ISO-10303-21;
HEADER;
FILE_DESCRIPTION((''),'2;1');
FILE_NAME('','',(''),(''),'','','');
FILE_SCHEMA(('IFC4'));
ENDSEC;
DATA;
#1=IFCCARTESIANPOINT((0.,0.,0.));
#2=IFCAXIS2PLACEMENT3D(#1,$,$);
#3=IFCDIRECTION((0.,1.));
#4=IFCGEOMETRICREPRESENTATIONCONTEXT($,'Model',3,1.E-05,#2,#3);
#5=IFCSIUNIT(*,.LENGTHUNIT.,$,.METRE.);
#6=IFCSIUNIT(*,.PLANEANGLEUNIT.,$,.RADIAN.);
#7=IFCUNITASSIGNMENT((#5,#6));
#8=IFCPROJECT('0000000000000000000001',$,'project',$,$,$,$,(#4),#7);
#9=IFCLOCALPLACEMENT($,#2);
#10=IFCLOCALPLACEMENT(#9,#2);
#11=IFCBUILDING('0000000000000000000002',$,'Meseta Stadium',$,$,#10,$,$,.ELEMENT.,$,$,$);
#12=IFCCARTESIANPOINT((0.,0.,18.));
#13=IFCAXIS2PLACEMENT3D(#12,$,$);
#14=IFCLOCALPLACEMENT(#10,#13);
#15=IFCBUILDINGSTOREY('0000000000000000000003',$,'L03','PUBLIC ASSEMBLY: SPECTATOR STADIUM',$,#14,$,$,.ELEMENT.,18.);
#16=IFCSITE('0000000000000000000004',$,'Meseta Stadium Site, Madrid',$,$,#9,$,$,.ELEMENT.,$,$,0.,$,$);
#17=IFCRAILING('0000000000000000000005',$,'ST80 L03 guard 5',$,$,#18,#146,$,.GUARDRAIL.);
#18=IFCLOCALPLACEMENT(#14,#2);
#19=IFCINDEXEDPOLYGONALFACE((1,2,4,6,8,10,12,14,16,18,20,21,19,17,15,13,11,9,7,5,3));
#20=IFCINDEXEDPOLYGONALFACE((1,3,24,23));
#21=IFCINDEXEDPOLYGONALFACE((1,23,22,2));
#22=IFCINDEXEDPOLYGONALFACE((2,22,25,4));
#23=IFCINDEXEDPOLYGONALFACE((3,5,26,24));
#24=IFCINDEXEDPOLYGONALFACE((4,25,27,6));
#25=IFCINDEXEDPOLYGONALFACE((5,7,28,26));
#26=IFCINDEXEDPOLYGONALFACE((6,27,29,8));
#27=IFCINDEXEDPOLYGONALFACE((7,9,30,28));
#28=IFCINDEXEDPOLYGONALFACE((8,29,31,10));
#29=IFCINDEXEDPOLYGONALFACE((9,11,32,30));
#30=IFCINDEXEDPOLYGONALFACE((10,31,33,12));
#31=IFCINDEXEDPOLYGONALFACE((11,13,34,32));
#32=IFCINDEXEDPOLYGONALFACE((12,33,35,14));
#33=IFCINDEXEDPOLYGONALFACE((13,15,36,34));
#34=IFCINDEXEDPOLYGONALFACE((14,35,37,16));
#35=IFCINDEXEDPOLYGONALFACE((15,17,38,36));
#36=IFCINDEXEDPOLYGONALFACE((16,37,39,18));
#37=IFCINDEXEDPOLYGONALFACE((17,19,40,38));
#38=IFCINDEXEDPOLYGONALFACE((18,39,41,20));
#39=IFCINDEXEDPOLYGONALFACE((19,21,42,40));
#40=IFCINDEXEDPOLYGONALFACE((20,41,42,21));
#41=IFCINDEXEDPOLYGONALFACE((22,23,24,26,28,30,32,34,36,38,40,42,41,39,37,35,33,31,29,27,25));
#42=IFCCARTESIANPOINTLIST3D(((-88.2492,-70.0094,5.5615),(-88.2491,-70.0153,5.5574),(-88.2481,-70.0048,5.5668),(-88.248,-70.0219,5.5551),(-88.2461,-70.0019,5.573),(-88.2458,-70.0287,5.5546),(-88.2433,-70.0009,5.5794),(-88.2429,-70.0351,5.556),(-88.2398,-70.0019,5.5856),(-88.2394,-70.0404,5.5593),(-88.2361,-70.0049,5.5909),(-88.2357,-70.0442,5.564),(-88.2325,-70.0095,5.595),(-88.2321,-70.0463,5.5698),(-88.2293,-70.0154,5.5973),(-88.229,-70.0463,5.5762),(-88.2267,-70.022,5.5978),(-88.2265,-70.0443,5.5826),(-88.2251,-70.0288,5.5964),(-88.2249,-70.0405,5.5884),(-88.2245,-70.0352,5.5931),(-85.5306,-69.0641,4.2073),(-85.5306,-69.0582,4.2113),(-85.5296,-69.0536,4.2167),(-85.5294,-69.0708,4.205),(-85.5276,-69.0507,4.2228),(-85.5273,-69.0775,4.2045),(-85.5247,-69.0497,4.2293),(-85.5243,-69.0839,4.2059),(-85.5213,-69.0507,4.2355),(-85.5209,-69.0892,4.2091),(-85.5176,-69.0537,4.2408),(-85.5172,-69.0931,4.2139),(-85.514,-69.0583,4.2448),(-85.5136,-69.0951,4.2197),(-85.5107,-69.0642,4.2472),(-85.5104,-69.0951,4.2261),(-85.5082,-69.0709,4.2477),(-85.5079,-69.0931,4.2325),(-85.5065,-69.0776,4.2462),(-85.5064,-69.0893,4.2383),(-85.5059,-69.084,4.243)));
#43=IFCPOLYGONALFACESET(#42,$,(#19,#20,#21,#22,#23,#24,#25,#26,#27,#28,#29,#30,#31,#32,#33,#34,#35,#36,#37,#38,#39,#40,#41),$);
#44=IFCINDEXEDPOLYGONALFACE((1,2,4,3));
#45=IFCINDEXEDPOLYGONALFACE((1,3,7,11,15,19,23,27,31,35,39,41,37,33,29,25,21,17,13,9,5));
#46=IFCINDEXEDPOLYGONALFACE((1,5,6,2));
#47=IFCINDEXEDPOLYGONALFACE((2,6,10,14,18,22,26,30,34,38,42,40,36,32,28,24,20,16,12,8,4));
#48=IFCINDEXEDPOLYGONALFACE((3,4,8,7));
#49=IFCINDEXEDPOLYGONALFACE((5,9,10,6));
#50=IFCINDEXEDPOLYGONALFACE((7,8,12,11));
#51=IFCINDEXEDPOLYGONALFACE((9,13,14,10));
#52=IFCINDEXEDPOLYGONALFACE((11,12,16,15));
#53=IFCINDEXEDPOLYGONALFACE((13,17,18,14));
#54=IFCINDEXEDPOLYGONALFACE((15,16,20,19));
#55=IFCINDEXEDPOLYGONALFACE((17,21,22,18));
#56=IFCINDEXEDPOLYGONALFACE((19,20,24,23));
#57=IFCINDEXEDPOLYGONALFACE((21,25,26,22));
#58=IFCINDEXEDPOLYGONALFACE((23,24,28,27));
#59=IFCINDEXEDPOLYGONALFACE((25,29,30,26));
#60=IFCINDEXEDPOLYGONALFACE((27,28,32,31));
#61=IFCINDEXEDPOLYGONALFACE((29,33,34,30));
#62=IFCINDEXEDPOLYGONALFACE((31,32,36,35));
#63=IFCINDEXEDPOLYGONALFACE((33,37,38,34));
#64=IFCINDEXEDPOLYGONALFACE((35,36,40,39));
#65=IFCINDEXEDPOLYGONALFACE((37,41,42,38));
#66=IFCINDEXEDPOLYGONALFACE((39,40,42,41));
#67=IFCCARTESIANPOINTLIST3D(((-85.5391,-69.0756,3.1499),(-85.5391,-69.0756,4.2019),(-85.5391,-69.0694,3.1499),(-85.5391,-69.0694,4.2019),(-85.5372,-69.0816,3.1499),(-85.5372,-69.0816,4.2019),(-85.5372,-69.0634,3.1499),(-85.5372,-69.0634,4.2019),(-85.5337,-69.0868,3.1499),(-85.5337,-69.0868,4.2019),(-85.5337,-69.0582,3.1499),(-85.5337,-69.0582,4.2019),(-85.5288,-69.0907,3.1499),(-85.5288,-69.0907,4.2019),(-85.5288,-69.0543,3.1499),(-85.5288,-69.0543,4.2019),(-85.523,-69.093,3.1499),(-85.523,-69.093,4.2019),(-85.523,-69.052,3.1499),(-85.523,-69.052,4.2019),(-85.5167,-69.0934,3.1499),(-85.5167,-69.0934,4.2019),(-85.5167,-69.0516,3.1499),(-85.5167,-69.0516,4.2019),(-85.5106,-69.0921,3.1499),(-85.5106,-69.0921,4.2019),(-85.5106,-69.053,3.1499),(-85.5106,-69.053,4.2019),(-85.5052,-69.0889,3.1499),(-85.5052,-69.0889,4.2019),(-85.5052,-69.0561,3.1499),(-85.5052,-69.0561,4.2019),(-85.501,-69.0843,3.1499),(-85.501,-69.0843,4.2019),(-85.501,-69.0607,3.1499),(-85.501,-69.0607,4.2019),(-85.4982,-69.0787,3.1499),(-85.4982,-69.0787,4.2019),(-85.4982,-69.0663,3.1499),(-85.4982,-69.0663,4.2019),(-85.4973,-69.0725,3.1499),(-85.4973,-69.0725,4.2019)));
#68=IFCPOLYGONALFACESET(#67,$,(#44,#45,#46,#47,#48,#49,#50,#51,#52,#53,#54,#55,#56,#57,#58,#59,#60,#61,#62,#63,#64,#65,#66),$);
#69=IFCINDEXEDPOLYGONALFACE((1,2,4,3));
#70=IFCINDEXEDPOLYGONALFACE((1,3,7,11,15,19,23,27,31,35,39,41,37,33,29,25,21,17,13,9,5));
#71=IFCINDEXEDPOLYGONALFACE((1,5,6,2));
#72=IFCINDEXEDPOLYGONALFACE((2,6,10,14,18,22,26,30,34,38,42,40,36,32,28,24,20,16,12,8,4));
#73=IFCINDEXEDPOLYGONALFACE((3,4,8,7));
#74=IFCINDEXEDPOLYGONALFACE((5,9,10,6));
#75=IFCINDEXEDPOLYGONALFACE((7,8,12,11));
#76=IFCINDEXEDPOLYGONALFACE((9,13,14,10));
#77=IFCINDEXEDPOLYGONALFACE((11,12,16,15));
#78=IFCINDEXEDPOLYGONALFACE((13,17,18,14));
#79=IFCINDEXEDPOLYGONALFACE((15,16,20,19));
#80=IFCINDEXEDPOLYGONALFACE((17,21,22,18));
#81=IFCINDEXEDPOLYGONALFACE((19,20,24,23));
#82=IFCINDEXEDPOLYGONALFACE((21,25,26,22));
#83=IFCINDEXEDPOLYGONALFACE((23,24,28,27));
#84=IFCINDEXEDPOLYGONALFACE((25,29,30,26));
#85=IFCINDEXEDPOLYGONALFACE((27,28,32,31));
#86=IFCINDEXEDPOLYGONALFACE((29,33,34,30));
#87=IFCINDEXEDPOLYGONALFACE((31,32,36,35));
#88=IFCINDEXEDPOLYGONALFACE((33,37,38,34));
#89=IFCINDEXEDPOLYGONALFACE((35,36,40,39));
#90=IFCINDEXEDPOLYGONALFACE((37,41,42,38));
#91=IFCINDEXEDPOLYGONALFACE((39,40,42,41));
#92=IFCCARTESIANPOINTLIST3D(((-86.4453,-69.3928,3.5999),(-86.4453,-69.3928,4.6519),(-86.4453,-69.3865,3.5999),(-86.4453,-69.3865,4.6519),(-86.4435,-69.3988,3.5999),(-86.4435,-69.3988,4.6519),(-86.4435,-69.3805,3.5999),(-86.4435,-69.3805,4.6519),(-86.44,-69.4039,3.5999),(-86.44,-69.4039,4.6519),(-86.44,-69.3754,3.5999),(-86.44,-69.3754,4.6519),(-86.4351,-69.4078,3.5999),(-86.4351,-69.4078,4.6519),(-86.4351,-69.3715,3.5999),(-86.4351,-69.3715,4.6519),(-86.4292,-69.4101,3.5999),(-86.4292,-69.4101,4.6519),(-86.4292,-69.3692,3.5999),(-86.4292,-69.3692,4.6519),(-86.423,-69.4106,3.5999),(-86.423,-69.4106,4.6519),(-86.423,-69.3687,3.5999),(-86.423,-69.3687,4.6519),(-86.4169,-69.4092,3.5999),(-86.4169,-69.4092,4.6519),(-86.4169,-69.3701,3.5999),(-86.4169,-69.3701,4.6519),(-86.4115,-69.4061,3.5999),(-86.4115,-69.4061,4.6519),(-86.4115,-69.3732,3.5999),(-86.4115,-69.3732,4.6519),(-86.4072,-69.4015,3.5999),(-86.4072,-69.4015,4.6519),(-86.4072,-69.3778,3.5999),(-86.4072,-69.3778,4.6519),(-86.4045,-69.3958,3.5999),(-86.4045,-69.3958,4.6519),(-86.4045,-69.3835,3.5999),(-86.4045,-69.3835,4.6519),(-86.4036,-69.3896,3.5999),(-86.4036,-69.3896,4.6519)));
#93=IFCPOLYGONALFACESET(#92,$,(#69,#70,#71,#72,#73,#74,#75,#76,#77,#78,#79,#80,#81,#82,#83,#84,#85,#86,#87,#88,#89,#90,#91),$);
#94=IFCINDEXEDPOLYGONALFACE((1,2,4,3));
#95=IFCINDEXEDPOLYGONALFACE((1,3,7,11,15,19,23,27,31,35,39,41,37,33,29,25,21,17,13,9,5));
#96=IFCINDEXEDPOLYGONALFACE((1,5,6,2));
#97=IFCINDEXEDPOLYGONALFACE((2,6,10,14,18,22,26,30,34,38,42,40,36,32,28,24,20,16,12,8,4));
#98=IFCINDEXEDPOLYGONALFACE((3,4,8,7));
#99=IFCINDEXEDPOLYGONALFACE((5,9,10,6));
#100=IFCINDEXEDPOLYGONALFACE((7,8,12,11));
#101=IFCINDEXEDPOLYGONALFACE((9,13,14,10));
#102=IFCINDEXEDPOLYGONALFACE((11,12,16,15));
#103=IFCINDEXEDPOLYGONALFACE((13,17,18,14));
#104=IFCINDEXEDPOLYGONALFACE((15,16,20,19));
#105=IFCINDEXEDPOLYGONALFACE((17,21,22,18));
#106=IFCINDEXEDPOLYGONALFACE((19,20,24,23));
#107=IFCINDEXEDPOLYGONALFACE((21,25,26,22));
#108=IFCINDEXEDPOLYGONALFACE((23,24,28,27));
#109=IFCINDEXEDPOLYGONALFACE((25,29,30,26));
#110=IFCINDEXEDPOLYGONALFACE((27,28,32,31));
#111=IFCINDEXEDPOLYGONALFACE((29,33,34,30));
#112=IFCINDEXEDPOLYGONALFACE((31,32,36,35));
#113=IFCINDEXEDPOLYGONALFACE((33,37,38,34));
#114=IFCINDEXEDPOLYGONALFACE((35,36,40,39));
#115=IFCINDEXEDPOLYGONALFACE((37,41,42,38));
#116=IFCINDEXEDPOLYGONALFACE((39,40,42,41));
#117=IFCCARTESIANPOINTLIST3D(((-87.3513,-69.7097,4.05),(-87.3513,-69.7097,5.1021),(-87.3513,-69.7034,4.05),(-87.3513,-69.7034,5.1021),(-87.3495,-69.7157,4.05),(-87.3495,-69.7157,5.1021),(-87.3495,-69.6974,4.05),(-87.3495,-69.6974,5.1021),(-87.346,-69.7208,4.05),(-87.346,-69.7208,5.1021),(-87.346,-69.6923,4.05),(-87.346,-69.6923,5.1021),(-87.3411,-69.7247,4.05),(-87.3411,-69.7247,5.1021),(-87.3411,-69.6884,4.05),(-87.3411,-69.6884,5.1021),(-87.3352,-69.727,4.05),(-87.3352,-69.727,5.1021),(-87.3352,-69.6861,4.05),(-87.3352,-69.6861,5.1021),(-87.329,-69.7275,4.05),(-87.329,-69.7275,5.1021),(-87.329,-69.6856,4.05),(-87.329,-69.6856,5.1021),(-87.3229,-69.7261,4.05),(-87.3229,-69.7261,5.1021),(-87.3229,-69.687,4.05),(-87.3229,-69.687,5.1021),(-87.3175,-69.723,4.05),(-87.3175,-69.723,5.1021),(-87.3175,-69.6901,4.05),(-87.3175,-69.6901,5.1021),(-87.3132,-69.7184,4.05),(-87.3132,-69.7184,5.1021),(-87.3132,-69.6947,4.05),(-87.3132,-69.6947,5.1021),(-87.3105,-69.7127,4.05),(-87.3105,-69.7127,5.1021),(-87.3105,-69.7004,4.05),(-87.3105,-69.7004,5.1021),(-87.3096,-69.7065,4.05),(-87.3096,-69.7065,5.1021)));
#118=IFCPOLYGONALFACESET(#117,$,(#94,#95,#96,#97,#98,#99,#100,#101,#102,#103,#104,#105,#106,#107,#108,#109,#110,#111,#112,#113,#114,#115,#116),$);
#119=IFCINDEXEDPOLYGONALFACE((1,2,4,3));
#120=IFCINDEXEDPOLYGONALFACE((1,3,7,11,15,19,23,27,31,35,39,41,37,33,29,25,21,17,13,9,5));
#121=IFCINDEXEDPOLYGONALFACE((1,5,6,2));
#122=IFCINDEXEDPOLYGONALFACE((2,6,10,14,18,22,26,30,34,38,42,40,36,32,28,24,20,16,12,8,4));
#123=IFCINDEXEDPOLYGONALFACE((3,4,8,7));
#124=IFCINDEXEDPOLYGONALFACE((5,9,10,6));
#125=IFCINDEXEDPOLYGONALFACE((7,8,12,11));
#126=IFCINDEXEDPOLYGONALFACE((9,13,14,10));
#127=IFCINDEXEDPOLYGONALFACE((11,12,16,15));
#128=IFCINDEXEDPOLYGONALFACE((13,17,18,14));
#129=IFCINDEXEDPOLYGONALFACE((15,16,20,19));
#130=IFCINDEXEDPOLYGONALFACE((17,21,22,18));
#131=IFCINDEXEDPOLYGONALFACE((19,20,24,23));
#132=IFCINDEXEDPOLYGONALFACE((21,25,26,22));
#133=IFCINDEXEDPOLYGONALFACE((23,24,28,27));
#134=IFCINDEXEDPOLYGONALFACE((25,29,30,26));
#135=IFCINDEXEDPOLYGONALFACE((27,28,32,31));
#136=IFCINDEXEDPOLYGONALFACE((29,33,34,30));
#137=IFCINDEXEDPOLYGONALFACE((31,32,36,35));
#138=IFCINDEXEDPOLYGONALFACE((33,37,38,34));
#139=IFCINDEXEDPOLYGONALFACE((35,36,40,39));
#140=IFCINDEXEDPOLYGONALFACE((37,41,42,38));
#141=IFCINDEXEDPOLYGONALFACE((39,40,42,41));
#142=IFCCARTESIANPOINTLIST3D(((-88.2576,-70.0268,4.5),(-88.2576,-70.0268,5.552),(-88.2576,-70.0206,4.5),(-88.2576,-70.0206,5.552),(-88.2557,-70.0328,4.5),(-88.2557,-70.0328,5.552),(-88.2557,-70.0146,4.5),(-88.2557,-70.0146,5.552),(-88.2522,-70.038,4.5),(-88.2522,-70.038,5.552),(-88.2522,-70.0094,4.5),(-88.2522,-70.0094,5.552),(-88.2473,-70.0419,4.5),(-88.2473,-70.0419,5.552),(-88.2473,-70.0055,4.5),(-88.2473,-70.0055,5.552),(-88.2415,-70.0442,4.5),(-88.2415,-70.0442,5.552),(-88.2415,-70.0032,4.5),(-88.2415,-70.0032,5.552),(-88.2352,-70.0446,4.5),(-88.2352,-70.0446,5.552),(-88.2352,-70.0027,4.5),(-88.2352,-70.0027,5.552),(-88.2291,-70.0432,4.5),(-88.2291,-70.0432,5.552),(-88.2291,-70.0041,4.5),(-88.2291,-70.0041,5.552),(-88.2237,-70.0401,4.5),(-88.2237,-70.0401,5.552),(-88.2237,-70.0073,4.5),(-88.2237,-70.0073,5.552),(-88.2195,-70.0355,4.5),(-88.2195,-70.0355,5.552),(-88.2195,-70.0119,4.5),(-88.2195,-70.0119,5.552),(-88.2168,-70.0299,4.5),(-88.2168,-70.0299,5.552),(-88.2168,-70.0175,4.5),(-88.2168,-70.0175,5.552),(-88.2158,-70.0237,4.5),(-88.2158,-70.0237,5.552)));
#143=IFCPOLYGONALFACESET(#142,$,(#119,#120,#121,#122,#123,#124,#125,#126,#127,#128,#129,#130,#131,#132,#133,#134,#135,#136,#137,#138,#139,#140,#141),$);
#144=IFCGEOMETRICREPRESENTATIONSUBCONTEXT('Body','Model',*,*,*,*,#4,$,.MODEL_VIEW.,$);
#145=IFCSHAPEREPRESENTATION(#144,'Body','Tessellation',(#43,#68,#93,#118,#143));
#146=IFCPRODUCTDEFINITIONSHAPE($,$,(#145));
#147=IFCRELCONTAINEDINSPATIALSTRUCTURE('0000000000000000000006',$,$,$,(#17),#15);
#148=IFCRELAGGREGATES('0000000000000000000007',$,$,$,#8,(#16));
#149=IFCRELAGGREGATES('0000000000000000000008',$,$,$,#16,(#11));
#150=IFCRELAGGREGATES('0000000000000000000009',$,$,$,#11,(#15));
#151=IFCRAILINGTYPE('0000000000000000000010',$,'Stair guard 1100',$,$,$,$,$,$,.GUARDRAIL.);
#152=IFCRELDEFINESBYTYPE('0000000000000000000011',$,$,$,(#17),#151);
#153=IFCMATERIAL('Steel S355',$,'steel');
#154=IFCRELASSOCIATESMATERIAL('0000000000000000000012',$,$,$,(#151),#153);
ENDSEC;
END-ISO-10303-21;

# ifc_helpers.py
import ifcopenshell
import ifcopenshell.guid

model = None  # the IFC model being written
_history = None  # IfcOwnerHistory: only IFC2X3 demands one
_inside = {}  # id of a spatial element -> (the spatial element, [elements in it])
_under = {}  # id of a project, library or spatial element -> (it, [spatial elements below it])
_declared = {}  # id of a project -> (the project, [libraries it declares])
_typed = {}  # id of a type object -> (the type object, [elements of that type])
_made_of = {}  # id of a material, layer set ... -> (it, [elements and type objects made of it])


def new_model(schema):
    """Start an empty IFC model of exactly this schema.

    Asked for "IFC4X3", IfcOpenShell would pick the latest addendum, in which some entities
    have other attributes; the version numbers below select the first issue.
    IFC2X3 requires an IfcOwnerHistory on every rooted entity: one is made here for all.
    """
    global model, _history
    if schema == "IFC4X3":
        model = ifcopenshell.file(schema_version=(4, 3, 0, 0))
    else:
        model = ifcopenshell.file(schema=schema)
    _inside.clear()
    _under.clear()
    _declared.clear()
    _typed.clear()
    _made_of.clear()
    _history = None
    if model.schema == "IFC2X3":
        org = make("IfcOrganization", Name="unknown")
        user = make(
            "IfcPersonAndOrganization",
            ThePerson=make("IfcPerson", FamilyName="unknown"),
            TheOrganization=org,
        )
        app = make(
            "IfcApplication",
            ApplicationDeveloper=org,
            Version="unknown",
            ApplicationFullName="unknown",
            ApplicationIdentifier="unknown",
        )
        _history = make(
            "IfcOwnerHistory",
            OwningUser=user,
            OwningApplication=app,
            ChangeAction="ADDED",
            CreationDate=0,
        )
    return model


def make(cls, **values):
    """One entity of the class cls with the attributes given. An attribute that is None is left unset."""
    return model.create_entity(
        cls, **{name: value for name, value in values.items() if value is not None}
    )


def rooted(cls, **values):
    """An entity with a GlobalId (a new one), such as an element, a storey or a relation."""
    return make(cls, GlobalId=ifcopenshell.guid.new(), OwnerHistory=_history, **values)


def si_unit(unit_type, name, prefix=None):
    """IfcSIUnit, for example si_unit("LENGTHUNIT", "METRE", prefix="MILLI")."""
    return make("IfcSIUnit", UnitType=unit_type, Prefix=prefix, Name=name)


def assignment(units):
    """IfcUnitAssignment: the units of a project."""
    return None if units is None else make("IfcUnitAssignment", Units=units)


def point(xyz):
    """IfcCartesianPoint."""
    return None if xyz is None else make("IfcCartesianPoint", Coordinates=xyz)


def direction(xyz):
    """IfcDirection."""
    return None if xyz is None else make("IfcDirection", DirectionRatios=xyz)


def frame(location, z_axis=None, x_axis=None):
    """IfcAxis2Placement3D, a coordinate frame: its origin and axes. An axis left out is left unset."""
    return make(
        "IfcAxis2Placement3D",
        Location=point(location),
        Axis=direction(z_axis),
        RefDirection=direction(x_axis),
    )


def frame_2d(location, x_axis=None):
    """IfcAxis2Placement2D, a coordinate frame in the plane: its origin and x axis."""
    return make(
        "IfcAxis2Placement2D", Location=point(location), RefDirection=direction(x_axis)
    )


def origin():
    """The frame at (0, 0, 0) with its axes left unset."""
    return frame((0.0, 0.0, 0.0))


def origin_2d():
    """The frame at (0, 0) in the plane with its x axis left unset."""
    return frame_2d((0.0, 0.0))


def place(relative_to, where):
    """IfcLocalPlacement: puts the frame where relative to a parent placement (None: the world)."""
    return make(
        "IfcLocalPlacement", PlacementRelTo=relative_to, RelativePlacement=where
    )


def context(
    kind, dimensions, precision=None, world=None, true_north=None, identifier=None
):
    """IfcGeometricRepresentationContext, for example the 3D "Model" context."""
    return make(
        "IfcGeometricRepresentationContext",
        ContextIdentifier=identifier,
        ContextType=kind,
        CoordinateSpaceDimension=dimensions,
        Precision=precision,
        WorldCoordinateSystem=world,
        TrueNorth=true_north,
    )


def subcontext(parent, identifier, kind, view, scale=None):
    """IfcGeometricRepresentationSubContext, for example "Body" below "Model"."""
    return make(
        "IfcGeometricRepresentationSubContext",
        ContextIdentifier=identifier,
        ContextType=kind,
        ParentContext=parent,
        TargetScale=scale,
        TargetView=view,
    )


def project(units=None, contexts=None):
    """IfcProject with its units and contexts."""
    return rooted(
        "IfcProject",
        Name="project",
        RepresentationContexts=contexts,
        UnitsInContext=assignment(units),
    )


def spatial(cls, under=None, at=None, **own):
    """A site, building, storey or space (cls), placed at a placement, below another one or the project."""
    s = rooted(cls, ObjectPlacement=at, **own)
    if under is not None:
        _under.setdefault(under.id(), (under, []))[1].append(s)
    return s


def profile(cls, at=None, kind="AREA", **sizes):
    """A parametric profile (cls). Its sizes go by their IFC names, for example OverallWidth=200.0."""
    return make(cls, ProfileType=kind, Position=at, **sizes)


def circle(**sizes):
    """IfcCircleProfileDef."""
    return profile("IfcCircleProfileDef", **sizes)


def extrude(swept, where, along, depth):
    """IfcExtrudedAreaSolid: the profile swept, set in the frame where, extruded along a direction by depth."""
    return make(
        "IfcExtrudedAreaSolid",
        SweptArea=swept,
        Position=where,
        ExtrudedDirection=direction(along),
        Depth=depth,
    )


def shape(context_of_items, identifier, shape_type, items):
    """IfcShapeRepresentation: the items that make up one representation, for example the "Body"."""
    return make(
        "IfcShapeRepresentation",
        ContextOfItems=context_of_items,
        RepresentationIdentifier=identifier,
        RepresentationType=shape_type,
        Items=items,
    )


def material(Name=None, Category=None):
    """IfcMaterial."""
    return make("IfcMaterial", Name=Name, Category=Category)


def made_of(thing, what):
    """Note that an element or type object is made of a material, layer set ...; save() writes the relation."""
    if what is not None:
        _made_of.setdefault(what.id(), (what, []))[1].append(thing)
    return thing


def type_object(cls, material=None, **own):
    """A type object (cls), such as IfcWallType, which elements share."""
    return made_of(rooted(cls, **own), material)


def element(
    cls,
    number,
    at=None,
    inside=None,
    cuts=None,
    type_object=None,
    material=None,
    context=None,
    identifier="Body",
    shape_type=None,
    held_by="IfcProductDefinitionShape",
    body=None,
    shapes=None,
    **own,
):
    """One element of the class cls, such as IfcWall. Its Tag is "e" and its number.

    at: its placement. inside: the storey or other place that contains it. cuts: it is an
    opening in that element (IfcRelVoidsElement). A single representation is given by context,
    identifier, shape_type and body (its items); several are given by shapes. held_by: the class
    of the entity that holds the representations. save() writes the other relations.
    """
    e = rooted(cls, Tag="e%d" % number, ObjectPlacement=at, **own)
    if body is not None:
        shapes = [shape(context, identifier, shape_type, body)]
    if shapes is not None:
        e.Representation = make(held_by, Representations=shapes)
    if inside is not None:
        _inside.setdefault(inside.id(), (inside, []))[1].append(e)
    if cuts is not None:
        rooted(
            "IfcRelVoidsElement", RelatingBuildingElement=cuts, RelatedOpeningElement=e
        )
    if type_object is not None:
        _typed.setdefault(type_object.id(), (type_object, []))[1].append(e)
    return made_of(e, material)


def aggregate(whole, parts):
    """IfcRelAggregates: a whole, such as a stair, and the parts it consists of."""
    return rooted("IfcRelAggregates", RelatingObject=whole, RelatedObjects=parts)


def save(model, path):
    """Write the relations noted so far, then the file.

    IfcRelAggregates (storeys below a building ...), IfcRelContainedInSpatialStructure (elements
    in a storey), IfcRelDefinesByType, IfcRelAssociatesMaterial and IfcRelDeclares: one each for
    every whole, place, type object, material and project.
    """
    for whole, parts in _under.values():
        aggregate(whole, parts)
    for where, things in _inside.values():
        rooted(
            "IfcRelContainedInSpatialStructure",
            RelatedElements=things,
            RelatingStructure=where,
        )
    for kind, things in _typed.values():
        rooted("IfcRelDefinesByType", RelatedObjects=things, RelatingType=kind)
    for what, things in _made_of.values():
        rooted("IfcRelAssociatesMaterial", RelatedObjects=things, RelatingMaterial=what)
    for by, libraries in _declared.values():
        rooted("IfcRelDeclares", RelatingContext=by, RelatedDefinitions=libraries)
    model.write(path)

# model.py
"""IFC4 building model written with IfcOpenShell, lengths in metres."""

from ifc_helpers import new_model, si_unit, direction, frame, origin, origin_2d, place, context, subcontext, project, spatial, circle, extrude, material, type_object, element, save


model = new_model("IFC4")

# Units and contexts
model_context = context("Model", 3, precision=1e-05, world=origin(), true_north=direction((0.0, 1.0)))
body_context = subcontext(model_context, "Body", "Model", "MODEL_VIEW")
ifc_project = project(units=[si_unit("LENGTHUNIT", "METRE"), si_unit("PLANEANGLEUNIT", "RADIAN")], contexts=[model_context])

# Site, building, storey
site_placement = place(None, origin())
site = spatial("IfcSite", under=ifc_project, at=site_placement, Name="Meseta Stadium Site, Madrid", CompositionType="ELEMENT", RefElevation=0.0)
building_placement = place(site_placement, origin())
building = spatial("IfcBuilding", under=site, at=building_placement, Name="Meseta Stadium", CompositionType="ELEMENT")
storey_placement = place(building_placement, frame((0.0, 0.0, 18.0)))
storey = spatial("IfcBuildingStorey", under=building, at=storey_placement, Name="L03", Description="PUBLIC ASSEMBLY: SPECTATOR STADIUM", CompositionType="ELEMENT", Elevation=18.0)

# Railing
ifc_material_1 = material(Name="Steel S355", Category="steel")
railing_type = type_object("IfcRailingType", Name="Stair guard 1100", PredefinedType="GUARDRAIL", material=ifc_material_1)
railing_1_placement = place(storey_placement, frame((-85.5183, -69.0725, 3.1499)))
element("IfcRailing", 1, at=railing_1_placement, inside=storey, type_object=railing_type, Name="ST80 L03 guard 5", PredefinedType="GUARDRAIL", context=body_context, shape_type="SweptSolid", body=[
    extrude(circle(Radius=0.0239, at=origin_2d()), frame((0.0, 0.0, 1.0762), z_axis=(-0.854649, -0.299031, 0.424446), x_axis=(0.330256, -0.943891, 0.0)), (0.0, 0.0, 1.0), 3.1809),
    extrude(circle(Radius=0.021, at=origin_2d()), origin(), (0.0, 0.0, 1.0), 1.052),
    extrude(circle(Radius=0.021, at=origin_2d()), frame((-0.9062, -0.3171, 0.45)), (0.0, 0.0, 1.0), 1.052),
    extrude(circle(Radius=0.021, at=origin_2d()), frame((-1.8123, -0.634, 0.9001)), (0.0, 0.0, 1.0), 1.052),
    extrude(circle(Radius=0.021, at=origin_2d()), frame((-2.7185, -0.9512, 1.3501)), (0.0, 0.0, 1.0), 1.052),
])

save(model, "model.ifc")
